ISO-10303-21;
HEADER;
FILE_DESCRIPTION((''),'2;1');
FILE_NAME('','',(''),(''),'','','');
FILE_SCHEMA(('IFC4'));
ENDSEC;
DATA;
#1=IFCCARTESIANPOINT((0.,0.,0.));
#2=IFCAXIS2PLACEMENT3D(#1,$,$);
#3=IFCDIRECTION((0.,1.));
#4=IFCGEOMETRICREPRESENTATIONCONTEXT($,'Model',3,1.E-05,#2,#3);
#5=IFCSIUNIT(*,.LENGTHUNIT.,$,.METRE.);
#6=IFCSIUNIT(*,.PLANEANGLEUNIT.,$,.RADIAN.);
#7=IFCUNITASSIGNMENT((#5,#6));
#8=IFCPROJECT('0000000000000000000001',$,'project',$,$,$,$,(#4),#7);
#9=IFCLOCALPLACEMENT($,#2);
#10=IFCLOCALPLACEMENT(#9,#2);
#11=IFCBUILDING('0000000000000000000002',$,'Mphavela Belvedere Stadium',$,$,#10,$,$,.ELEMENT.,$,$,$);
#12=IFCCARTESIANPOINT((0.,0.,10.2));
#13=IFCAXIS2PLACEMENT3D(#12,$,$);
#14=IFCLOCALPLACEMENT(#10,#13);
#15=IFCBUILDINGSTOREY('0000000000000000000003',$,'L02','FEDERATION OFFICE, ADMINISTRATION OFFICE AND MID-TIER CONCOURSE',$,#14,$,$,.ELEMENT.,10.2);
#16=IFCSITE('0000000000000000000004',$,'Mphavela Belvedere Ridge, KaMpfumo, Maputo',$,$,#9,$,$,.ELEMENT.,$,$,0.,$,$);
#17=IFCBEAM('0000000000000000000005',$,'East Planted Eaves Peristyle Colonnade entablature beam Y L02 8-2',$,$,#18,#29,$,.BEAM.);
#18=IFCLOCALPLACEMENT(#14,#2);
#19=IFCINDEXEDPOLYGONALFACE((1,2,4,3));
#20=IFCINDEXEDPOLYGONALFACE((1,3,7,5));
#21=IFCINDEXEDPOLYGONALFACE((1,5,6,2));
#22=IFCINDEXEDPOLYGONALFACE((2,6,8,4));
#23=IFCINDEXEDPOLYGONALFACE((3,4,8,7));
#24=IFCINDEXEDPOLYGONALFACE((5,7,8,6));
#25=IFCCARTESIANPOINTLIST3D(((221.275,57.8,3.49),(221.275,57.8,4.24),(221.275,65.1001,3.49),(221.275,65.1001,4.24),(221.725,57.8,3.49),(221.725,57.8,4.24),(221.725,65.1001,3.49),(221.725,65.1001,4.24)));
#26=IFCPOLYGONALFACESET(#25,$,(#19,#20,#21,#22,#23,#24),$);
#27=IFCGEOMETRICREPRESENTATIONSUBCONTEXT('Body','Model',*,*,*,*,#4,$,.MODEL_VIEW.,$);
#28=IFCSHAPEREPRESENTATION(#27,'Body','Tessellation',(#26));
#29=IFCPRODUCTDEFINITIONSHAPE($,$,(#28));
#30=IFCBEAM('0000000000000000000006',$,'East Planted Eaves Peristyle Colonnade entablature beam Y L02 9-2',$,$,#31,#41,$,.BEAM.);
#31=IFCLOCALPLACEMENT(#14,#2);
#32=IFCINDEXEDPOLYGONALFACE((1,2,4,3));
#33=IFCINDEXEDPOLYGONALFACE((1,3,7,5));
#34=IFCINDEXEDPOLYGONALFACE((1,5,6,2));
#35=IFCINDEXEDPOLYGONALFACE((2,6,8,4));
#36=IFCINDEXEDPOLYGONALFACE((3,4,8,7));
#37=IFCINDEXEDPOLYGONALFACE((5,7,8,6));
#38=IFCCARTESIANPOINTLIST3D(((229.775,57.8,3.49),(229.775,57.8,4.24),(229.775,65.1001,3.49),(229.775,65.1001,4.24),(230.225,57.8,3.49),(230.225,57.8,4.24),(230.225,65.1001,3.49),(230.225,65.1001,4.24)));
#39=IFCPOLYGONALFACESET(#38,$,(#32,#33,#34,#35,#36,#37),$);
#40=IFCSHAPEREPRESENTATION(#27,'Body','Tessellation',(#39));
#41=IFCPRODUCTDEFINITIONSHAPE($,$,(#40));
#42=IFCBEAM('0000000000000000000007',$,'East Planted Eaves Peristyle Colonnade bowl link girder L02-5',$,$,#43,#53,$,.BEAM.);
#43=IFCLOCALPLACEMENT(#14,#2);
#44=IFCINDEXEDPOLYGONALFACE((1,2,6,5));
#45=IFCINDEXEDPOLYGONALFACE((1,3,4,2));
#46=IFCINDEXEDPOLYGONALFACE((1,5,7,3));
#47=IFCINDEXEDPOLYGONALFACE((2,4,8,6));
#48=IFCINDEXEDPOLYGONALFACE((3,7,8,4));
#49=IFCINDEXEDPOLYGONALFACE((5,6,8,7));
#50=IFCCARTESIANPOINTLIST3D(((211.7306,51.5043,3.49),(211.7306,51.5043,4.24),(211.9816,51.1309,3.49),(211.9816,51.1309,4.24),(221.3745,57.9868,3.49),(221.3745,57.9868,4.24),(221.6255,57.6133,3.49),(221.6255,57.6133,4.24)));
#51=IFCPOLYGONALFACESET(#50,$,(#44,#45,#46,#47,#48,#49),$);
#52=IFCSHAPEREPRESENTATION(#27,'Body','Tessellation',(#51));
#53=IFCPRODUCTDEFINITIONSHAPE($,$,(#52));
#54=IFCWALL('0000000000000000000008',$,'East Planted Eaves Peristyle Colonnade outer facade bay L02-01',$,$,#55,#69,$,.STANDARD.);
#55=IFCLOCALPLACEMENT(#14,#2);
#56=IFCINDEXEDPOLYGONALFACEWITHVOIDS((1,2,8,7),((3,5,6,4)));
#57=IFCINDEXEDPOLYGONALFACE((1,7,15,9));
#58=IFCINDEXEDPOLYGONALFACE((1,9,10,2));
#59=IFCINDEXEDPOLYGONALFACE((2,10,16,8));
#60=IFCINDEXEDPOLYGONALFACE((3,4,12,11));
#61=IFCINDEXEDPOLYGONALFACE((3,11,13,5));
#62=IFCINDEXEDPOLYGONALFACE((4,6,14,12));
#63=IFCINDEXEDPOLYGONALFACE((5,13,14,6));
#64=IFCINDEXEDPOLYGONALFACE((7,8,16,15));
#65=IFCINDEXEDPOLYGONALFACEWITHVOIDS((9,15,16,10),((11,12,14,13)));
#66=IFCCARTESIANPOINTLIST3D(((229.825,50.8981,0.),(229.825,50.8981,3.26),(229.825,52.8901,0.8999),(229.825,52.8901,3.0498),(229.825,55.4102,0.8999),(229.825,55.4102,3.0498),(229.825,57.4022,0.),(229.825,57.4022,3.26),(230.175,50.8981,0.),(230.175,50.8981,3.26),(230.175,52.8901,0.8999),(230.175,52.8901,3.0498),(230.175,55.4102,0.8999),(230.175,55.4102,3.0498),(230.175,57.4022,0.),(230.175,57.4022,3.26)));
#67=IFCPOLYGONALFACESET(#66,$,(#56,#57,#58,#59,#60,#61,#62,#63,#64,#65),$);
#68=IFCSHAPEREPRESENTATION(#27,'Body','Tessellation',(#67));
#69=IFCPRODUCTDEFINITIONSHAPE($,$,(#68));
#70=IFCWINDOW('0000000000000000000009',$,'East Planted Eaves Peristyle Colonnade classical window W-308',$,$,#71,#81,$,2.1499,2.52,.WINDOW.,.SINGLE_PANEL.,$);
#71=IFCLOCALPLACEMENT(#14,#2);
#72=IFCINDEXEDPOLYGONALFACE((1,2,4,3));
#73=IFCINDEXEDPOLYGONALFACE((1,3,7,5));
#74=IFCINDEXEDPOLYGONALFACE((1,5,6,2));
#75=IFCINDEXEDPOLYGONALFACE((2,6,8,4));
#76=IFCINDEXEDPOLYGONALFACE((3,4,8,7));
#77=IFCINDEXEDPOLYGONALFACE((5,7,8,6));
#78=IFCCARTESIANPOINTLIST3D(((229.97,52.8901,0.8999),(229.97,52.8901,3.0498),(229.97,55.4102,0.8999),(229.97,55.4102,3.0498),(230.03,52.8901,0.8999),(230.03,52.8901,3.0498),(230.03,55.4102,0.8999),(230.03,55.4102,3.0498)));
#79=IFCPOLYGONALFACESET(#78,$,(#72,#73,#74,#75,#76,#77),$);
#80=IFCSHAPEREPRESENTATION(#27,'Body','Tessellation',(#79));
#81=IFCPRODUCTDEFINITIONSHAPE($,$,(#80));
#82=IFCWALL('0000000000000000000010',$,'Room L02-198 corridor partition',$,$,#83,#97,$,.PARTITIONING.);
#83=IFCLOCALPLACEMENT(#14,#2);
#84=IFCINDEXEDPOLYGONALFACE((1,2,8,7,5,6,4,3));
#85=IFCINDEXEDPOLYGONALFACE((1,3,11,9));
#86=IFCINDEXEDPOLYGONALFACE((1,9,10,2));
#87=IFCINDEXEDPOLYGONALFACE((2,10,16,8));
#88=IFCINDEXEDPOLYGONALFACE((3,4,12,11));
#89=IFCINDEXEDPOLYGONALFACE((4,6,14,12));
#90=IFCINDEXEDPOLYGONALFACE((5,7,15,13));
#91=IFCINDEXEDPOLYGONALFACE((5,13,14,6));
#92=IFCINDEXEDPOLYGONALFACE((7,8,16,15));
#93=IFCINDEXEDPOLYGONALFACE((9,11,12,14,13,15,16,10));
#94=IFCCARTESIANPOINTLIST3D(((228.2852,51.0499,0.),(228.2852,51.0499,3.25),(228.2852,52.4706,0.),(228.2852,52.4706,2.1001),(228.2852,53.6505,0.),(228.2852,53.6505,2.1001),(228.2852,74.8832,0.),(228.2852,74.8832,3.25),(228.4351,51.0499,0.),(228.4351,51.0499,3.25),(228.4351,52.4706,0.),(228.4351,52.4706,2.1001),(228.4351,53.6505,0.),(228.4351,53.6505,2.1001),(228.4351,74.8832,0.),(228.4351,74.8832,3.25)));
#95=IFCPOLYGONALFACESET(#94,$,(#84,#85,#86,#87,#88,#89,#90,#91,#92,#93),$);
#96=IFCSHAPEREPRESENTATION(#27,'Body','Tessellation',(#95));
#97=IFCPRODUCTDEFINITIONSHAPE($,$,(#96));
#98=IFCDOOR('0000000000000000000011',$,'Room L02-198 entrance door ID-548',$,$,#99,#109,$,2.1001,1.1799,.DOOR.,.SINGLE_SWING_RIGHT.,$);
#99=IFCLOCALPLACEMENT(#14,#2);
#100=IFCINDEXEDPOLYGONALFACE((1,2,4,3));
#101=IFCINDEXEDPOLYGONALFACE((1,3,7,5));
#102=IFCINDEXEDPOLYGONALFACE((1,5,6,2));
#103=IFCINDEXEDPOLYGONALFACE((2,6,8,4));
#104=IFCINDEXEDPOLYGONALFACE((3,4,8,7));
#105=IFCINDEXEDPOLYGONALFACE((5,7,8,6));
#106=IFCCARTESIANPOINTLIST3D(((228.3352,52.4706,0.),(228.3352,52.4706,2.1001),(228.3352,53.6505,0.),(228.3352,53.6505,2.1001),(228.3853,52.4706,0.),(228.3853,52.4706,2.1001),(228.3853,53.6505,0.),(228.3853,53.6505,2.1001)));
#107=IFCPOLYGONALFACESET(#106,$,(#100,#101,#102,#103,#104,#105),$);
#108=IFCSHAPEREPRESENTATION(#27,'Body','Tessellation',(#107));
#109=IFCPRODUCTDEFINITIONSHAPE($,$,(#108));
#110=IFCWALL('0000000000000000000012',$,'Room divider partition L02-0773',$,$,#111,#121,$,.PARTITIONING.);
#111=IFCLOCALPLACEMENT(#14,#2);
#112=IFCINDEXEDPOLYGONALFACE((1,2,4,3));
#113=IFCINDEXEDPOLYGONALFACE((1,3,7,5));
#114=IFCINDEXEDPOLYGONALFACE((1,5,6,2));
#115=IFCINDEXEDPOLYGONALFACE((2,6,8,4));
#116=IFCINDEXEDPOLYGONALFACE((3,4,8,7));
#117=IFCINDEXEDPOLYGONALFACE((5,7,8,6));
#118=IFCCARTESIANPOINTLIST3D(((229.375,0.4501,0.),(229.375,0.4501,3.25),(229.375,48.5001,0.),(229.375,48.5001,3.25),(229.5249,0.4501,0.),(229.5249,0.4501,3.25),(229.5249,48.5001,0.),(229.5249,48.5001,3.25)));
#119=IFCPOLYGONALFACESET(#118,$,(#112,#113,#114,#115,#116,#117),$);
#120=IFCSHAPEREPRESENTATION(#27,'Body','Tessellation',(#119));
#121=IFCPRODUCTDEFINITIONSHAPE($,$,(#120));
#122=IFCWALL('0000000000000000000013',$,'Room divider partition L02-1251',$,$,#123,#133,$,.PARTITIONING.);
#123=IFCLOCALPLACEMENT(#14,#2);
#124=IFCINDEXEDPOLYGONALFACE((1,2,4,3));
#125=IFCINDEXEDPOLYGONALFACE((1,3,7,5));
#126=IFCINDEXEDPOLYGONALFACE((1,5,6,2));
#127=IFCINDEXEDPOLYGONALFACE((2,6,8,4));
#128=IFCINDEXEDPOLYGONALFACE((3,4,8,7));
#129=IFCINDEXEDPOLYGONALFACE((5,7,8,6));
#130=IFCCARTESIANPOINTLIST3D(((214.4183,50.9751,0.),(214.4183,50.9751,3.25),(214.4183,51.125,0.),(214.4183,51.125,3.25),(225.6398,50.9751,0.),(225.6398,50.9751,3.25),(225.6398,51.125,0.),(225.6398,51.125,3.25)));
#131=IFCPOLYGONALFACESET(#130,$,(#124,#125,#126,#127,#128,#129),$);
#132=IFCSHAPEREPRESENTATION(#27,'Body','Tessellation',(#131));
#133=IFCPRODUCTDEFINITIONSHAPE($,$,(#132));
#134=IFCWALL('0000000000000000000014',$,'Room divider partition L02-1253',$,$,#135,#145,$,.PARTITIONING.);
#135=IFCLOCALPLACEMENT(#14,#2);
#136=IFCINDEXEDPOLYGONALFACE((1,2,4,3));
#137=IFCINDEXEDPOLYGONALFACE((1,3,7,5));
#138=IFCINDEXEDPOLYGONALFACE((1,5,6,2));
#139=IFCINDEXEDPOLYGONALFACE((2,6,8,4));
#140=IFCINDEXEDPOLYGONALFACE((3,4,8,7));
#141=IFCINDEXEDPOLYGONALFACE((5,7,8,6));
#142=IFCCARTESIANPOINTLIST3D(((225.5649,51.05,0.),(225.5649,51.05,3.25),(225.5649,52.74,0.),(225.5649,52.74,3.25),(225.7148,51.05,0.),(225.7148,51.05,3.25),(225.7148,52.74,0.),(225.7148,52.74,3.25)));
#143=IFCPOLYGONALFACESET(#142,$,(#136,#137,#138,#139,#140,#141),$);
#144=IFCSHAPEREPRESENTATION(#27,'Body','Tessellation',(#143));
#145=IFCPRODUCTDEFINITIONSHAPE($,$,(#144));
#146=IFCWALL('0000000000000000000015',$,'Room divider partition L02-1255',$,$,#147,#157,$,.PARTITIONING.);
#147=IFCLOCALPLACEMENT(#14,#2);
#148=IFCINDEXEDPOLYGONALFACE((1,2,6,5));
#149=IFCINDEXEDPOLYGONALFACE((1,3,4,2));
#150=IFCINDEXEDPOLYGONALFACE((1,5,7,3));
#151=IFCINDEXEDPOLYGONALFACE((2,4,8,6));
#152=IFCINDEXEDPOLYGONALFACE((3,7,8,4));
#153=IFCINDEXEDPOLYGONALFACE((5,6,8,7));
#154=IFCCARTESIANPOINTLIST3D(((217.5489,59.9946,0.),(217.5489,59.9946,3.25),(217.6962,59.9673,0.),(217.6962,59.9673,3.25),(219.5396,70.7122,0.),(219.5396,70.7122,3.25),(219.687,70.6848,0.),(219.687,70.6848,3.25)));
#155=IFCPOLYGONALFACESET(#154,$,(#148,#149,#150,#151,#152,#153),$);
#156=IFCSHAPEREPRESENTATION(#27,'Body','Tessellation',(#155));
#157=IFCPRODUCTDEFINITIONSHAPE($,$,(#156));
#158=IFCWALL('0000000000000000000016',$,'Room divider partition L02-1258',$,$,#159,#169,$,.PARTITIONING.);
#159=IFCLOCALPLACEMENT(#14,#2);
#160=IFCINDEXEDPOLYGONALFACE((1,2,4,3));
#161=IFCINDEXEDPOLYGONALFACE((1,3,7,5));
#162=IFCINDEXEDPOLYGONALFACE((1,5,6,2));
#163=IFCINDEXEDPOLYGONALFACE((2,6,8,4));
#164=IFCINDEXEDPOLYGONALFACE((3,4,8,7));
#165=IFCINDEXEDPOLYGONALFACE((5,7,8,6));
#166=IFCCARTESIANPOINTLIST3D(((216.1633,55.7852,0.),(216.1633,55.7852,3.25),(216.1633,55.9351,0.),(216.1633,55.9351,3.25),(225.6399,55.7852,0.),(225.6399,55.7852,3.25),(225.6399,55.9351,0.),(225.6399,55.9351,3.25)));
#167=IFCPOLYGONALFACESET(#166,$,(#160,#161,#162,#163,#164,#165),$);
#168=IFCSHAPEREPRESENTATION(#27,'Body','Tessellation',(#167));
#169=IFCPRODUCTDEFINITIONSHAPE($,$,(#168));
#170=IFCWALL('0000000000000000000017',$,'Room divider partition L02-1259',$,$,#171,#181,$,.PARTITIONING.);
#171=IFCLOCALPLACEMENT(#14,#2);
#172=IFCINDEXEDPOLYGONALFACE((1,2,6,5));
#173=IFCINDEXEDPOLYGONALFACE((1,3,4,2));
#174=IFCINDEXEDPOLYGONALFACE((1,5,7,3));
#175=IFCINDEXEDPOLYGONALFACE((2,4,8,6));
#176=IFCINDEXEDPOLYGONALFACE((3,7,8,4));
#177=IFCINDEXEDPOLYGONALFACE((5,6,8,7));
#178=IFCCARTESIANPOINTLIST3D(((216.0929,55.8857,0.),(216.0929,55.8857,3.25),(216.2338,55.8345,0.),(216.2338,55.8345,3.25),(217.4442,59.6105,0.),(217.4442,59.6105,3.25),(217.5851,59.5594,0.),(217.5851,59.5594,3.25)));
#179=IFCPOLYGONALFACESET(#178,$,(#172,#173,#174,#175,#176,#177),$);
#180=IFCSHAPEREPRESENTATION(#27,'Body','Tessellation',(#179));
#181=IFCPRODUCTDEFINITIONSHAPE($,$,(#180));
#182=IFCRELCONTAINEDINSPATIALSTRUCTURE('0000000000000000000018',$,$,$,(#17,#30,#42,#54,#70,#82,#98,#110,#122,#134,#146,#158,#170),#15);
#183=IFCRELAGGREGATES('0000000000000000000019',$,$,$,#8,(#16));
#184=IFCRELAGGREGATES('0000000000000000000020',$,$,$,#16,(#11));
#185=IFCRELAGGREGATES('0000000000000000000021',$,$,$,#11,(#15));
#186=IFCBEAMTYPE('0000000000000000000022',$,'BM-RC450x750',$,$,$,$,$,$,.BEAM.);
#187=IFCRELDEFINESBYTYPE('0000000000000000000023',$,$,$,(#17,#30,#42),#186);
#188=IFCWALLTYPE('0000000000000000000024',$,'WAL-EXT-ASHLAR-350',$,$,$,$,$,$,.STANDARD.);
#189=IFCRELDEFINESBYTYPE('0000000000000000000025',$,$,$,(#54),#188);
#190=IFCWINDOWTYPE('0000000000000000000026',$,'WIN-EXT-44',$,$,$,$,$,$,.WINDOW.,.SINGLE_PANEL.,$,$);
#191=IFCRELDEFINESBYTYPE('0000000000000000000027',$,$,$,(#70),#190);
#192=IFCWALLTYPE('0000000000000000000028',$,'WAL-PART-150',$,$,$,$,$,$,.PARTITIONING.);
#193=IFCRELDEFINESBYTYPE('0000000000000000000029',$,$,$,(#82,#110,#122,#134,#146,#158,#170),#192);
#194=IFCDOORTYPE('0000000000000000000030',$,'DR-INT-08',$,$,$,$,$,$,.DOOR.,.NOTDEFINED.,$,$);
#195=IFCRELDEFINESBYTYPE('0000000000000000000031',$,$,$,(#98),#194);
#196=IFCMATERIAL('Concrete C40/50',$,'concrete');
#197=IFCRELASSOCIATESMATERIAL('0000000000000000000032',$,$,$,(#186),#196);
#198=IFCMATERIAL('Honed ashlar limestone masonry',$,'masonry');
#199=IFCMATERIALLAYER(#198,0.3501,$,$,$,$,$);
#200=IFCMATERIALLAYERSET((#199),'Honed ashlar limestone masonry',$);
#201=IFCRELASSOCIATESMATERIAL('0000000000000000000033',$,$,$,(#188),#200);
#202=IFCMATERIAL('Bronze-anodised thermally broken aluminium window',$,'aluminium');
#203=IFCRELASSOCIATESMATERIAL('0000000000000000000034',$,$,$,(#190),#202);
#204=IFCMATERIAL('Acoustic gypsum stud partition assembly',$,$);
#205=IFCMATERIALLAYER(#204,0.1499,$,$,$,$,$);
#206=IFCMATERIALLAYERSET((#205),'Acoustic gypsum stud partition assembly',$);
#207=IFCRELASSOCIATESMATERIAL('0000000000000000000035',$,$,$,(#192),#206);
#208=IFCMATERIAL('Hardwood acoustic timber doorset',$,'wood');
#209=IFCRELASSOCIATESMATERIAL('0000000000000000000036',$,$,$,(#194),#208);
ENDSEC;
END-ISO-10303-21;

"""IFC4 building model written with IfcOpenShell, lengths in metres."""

from ifc_helpers import new_model, si_unit, direction, frame, frame_2d, origin, origin_2d, place, context, subcontext, project, spatial, rectangle, extrude, material, layer, layer_set, material_profile, profile_set, type_object, element, fill, save


model = new_model("IFC4")

# Units and contexts
model_context = context("Model", 3, precision=1e-05, world=origin(), true_north=direction((0.0, 1.0)))
body_context = subcontext(model_context, "Body", "Model", "MODEL_VIEW")
ifc_project = project(units=[si_unit("LENGTHUNIT", "METRE"), si_unit("PLANEANGLEUNIT", "RADIAN")], contexts=[model_context])

# Site, building, storey
site_placement = place(None, origin())
site = spatial("IfcSite", under=ifc_project, at=site_placement, Name="Mphavela Belvedere Ridge, KaMpfumo, Maputo", CompositionType="ELEMENT", RefElevation=0.0)
building_placement = place(site_placement, origin())
building = spatial("IfcBuilding", under=site, at=building_placement, Name="Mphavela Belvedere Stadium", CompositionType="ELEMENT")
storey_placement = place(building_placement, frame((0.0, 0.0, 10.2)))
storey = spatial("IfcBuildingStorey", under=building, at=storey_placement, Name="L02", Description="FEDERATION OFFICE, ADMINISTRATION OFFICE AND MID-TIER CONCOURSE", CompositionType="ELEMENT", Elevation=10.2)

# Beams
ifc_material_1 = material(Name="Concrete C40/50", Category="concrete")
ifc_material_profile_1 = material_profile(ifc_material_1, rectangle(XDim=0.45, YDim=0.75, at=origin_2d()), Name="RC 450x750")
ifc_profile_set_1 = profile_set([ifc_material_profile_1], Name="Concrete C40/50")
beam_type_1 = type_object("IfcBeamType", Name="BM-RC450x750", PredefinedType="BEAM", material=ifc_profile_set_1)
for number, where, z_axis, x_axis, name in (
    (1, (221.5, 57.8, 3.865), (0.0, 1.0, 0.0), (-1.0, 0.0, 0.0), "East Planted Eaves Peristyle Colonnade entablature beam Y L02 8-2"),
    (2, (230.0, 57.8, 3.865), (0.0, 1.0, 0.0), (-1.0, 0.0, 0.0), "East Planted Eaves Peristyle Colonnade entablature beam Y L02 9-2"),
):
    element("IfcBeam", number, at=place(storey_placement, frame(where, z_axis=z_axis, x_axis=x_axis)), inside=storey, type_object=beam_type_1, Name=name, PredefinedType="BEAM", context=body_context, shape_type="SweptSolid", body=[
        extrude(rectangle(XDim=0.45, YDim=0.75, at=origin_2d()), origin(), (0.0, 0.0, 1.0), 7.3),
    ])
beam_1_placement = place(storey_placement, frame((221.5, 57.8, 3.865), z_axis=(-0.82993, -0.557867, 0.0), x_axis=(0.557867, -0.82993, 0.0)))
element("IfcBeam", 3, at=beam_1_placement, inside=storey, type_object=beam_type_1, Name="East Planted Eaves Peristyle Colonnade bowl link girder L02-5", PredefinedType="BEAM", context=body_context, shape_type="SweptSolid", body=[
    extrude(rectangle(XDim=0.45, YDim=0.75, at=origin_2d()), origin(), (0.0, 0.0, 1.0), 11.6201),
])

# Wall, opening, window
ifc_material_2 = material(Name="Honed ashlar limestone masonry", Category="masonry")
ifc_layer_1 = layer(ifc_material_2, 0.3501)
ifc_layer_set_1 = layer_set([ifc_layer_1], Name="Honed ashlar limestone masonry")
wall_type_1 = type_object("IfcWallType", Name="WAL-EXT-ASHLAR-350", PredefinedType="STANDARD", material=ifc_layer_set_1)
wall_1_placement = place(storey_placement, frame((230.0, 57.4021, 0.0), z_axis=(0.0, 0.0, 1.0), x_axis=(0.0, -1.0, 0.0)))
wall_1 = element("IfcWall", 4, at=wall_1_placement, inside=storey, type_object=wall_type_1, Name="East Planted Eaves Peristyle Colonnade outer facade bay L02-01", PredefinedType="STANDARD", context=body_context, shape_type="SweptSolid", body=[
    extrude(rectangle(XDim=6.5042, YDim=0.3501, at=frame_2d((3.252, 0.0))), origin(), (0.0, 0.0, 1.0), 3.26),
])
opening_1_placement = place(wall_1_placement, frame((1.9919, 0.0, 0.8999)))
opening_1 = element("IfcOpeningElement", 5, at=opening_1_placement, cuts=wall_1, PredefinedType="OPENING", context=body_context, shape_type="SweptSolid", body=[
    extrude(rectangle(XDim=2.52, YDim=2.1499, at=frame_2d((1.26, 1.075))), frame((0.0, 0.1851, 0.0), z_axis=(0.0, -1.0, 0.0), x_axis=(1.0, 0.0, 0.0)), (0.0, 0.0, 1.0), 0.3701),
])
ifc_material_3 = material(Name="Bronze-anodised thermally broken aluminium window", Category="aluminium")
window_type = type_object("IfcWindowType", Name="WIN-EXT-44", PartitioningType="SINGLE_PANEL", PredefinedType="WINDOW", material=ifc_material_3)
window_placement = place(opening_1_placement, origin())
window = element("IfcWindow", 6, at=window_placement, inside=storey, type_object=window_type, Name="East Planted Eaves Peristyle Colonnade classical window W-308", OverallHeight=2.1499, OverallWidth=2.52, PartitioningType="SINGLE_PANEL", PredefinedType="WINDOW", context=body_context, shape_type="SweptSolid", body=[
    extrude(rectangle(XDim=2.52, YDim=2.1499, at=frame_2d((1.26, 1.075))), frame((0.0, 0.03, 0.0), z_axis=(0.0, -1.0, 0.0), x_axis=(1.0, 0.0, 0.0)), (0.0, 0.0, 1.0), 0.0601),
])
fill(opening_1, window)

# Wall, opening, door
ifc_material_4 = material(Name="Acoustic gypsum stud partition assembly")
ifc_layer_2 = layer(ifc_material_4, 0.1499)
ifc_layer_set_2 = layer_set([ifc_layer_2], Name="Acoustic gypsum stud partition assembly")
wall_type_2 = type_object("IfcWallType", Name="WAL-PART-150", PredefinedType="PARTITIONING", material=ifc_layer_set_2)
wall_2_placement = place(storey_placement, frame((228.3601, 51.05, 0.0), z_axis=(0.0, 0.0, 1.0), x_axis=(0.0, 1.0, 0.0)))
wall_2 = element("IfcWall", 7, at=wall_2_placement, inside=storey, type_object=wall_type_2, Name="Room L02-198 corridor partition", PredefinedType="PARTITIONING", context=body_context, shape_type="SweptSolid", body=[
    extrude(rectangle(XDim=23.8333, YDim=0.1499, at=frame_2d((11.9165, 0.0))), origin(), (0.0, 0.0, 1.0), 3.25),
])
opening_2_placement = place(wall_2_placement, frame((1.4207, 0.0, 0.0)))
opening_2 = element("IfcOpeningElement", 8, at=opening_2_placement, cuts=wall_2, PredefinedType="OPENING", context=body_context, shape_type="SweptSolid", body=[
    extrude(rectangle(XDim=1.1799, YDim=2.1001, at=frame_2d((0.5898, 1.05))), frame((0.0, 0.085, 0.0), z_axis=(0.0, -1.0, 0.0), x_axis=(1.0, 0.0, 0.0)), (0.0, 0.0, 1.0), 0.1699),
])
ifc_material_5 = material(Name="Hardwood acoustic timber doorset", Category="wood")
door_type = type_object("IfcDoorType", Name="DR-INT-08", OperationType="NOTDEFINED", PredefinedType="DOOR", material=ifc_material_5)
door_placement = place(opening_2_placement, origin())
door = element("IfcDoor", 9, at=door_placement, inside=storey, type_object=door_type, Name="Room L02-198 entrance door ID-548", OperationType="SINGLE_SWING_RIGHT", OverallHeight=2.1001, OverallWidth=1.1799, PredefinedType="DOOR", context=body_context, shape_type="SweptSolid", body=[
    extrude(rectangle(XDim=1.1799, YDim=2.1001, at=frame_2d((0.5898, 1.05))), frame((0.0, 0.0249, 0.0), z_axis=(0.0, -1.0, 0.0), x_axis=(1.0, 0.0, 0.0)), (0.0, 0.0, 1.0), 0.05),
])
fill(opening_2, door)

# Walls
wall_3_placement = place(storey_placement, frame((229.45, 48.5, 0.0), z_axis=(0.0, 0.0, 1.0), x_axis=(0.0, -1.0, 0.0)))
element("IfcWall", 10, at=wall_3_placement, inside=storey, type_object=wall_type_2, Name="Room divider partition L02-0773", PredefinedType="PARTITIONING", context=body_context, shape_type="SweptSolid", body=[
    extrude(rectangle(XDim=48.05, YDim=0.1499, at=frame_2d((24.0249, 0.0))), origin(), (0.0, 0.0, 1.0), 3.25),
])
wall_4_placement = place(storey_placement, frame((225.6399, 51.05, 0.0), z_axis=(0.0, 0.0, 1.0), x_axis=(-1.0, 0.0, 0.0)))
element("IfcWall", 11, at=wall_4_placement, inside=storey, type_object=wall_type_2, Name="Room divider partition L02-1251", PredefinedType="PARTITIONING", context=body_context, shape_type="SweptSolid", body=[
    extrude(rectangle(XDim=11.2214, YDim=0.1499, at=frame_2d((5.6108, 0.0))), origin(), (0.0, 0.0, 1.0), 3.25),
])
wall_5_placement = place(storey_placement, frame((225.6399, 52.74, 0.0), z_axis=(0.0, 0.0, 1.0), x_axis=(0.0, -1.0, 0.0)))
element("IfcWall", 12, at=wall_5_placement, inside=storey, type_object=wall_type_2, Name="Room divider partition L02-1253", PredefinedType="PARTITIONING", context=body_context, shape_type="SweptSolid", body=[
    extrude(rectangle(XDim=1.6899, YDim=0.1499, at=frame_2d((0.845, 0.0))), origin(), (0.0, 0.0, 1.0), 3.25),
])
wall_6_placement = place(storey_placement, frame((217.6226, 59.981, 0.0), z_axis=(0.0, 0.0, 1.0), x_axis=(0.182621, 0.983183, 0.0)))
element("IfcWall", 13, at=wall_6_placement, inside=storey, type_object=wall_type_2, Name="Room divider partition L02-1255", PredefinedType="PARTITIONING", context=body_context, shape_type="SweptSolid", body=[
    extrude(rectangle(XDim=10.9009, YDim=0.1499, at=frame_2d((5.4504, 0.0))), origin(), (0.0, 0.0, 1.0), 3.25),
])
wall_7_placement = place(storey_placement, frame((225.6399, 55.8601, 0.0), z_axis=(0.0, 0.0, 1.0), x_axis=(-1.0, 0.0, 0.0)))
element("IfcWall", 14, at=wall_7_placement, inside=storey, type_object=wall_type_2, Name="Room divider partition L02-1258", PredefinedType="PARTITIONING", context=body_context, shape_type="SweptSolid", body=[
    extrude(rectangle(XDim=9.4766, YDim=0.1499, at=frame_2d((4.7383, 0.0))), origin(), (0.0, 0.0, 1.0), 3.25),
])
wall_8_placement = place(storey_placement, frame((216.1633, 55.8601, 0.0), z_axis=(0.0, 0.0, 1.0), x_axis=(0.341036, 0.94005, 0.0)))
element("IfcWall", 15, at=wall_8_placement, inside=storey, type_object=wall_type_2, Name="Room divider partition L02-1259", PredefinedType="PARTITIONING", context=body_context, shape_type="SweptSolid", body=[
    extrude(rectangle(XDim=3.9624, YDim=0.1499, at=frame_2d((1.9812, 0.0))), origin(), (0.0, 0.0, 1.0), 3.25),
])

save(model, "model.ifc")
